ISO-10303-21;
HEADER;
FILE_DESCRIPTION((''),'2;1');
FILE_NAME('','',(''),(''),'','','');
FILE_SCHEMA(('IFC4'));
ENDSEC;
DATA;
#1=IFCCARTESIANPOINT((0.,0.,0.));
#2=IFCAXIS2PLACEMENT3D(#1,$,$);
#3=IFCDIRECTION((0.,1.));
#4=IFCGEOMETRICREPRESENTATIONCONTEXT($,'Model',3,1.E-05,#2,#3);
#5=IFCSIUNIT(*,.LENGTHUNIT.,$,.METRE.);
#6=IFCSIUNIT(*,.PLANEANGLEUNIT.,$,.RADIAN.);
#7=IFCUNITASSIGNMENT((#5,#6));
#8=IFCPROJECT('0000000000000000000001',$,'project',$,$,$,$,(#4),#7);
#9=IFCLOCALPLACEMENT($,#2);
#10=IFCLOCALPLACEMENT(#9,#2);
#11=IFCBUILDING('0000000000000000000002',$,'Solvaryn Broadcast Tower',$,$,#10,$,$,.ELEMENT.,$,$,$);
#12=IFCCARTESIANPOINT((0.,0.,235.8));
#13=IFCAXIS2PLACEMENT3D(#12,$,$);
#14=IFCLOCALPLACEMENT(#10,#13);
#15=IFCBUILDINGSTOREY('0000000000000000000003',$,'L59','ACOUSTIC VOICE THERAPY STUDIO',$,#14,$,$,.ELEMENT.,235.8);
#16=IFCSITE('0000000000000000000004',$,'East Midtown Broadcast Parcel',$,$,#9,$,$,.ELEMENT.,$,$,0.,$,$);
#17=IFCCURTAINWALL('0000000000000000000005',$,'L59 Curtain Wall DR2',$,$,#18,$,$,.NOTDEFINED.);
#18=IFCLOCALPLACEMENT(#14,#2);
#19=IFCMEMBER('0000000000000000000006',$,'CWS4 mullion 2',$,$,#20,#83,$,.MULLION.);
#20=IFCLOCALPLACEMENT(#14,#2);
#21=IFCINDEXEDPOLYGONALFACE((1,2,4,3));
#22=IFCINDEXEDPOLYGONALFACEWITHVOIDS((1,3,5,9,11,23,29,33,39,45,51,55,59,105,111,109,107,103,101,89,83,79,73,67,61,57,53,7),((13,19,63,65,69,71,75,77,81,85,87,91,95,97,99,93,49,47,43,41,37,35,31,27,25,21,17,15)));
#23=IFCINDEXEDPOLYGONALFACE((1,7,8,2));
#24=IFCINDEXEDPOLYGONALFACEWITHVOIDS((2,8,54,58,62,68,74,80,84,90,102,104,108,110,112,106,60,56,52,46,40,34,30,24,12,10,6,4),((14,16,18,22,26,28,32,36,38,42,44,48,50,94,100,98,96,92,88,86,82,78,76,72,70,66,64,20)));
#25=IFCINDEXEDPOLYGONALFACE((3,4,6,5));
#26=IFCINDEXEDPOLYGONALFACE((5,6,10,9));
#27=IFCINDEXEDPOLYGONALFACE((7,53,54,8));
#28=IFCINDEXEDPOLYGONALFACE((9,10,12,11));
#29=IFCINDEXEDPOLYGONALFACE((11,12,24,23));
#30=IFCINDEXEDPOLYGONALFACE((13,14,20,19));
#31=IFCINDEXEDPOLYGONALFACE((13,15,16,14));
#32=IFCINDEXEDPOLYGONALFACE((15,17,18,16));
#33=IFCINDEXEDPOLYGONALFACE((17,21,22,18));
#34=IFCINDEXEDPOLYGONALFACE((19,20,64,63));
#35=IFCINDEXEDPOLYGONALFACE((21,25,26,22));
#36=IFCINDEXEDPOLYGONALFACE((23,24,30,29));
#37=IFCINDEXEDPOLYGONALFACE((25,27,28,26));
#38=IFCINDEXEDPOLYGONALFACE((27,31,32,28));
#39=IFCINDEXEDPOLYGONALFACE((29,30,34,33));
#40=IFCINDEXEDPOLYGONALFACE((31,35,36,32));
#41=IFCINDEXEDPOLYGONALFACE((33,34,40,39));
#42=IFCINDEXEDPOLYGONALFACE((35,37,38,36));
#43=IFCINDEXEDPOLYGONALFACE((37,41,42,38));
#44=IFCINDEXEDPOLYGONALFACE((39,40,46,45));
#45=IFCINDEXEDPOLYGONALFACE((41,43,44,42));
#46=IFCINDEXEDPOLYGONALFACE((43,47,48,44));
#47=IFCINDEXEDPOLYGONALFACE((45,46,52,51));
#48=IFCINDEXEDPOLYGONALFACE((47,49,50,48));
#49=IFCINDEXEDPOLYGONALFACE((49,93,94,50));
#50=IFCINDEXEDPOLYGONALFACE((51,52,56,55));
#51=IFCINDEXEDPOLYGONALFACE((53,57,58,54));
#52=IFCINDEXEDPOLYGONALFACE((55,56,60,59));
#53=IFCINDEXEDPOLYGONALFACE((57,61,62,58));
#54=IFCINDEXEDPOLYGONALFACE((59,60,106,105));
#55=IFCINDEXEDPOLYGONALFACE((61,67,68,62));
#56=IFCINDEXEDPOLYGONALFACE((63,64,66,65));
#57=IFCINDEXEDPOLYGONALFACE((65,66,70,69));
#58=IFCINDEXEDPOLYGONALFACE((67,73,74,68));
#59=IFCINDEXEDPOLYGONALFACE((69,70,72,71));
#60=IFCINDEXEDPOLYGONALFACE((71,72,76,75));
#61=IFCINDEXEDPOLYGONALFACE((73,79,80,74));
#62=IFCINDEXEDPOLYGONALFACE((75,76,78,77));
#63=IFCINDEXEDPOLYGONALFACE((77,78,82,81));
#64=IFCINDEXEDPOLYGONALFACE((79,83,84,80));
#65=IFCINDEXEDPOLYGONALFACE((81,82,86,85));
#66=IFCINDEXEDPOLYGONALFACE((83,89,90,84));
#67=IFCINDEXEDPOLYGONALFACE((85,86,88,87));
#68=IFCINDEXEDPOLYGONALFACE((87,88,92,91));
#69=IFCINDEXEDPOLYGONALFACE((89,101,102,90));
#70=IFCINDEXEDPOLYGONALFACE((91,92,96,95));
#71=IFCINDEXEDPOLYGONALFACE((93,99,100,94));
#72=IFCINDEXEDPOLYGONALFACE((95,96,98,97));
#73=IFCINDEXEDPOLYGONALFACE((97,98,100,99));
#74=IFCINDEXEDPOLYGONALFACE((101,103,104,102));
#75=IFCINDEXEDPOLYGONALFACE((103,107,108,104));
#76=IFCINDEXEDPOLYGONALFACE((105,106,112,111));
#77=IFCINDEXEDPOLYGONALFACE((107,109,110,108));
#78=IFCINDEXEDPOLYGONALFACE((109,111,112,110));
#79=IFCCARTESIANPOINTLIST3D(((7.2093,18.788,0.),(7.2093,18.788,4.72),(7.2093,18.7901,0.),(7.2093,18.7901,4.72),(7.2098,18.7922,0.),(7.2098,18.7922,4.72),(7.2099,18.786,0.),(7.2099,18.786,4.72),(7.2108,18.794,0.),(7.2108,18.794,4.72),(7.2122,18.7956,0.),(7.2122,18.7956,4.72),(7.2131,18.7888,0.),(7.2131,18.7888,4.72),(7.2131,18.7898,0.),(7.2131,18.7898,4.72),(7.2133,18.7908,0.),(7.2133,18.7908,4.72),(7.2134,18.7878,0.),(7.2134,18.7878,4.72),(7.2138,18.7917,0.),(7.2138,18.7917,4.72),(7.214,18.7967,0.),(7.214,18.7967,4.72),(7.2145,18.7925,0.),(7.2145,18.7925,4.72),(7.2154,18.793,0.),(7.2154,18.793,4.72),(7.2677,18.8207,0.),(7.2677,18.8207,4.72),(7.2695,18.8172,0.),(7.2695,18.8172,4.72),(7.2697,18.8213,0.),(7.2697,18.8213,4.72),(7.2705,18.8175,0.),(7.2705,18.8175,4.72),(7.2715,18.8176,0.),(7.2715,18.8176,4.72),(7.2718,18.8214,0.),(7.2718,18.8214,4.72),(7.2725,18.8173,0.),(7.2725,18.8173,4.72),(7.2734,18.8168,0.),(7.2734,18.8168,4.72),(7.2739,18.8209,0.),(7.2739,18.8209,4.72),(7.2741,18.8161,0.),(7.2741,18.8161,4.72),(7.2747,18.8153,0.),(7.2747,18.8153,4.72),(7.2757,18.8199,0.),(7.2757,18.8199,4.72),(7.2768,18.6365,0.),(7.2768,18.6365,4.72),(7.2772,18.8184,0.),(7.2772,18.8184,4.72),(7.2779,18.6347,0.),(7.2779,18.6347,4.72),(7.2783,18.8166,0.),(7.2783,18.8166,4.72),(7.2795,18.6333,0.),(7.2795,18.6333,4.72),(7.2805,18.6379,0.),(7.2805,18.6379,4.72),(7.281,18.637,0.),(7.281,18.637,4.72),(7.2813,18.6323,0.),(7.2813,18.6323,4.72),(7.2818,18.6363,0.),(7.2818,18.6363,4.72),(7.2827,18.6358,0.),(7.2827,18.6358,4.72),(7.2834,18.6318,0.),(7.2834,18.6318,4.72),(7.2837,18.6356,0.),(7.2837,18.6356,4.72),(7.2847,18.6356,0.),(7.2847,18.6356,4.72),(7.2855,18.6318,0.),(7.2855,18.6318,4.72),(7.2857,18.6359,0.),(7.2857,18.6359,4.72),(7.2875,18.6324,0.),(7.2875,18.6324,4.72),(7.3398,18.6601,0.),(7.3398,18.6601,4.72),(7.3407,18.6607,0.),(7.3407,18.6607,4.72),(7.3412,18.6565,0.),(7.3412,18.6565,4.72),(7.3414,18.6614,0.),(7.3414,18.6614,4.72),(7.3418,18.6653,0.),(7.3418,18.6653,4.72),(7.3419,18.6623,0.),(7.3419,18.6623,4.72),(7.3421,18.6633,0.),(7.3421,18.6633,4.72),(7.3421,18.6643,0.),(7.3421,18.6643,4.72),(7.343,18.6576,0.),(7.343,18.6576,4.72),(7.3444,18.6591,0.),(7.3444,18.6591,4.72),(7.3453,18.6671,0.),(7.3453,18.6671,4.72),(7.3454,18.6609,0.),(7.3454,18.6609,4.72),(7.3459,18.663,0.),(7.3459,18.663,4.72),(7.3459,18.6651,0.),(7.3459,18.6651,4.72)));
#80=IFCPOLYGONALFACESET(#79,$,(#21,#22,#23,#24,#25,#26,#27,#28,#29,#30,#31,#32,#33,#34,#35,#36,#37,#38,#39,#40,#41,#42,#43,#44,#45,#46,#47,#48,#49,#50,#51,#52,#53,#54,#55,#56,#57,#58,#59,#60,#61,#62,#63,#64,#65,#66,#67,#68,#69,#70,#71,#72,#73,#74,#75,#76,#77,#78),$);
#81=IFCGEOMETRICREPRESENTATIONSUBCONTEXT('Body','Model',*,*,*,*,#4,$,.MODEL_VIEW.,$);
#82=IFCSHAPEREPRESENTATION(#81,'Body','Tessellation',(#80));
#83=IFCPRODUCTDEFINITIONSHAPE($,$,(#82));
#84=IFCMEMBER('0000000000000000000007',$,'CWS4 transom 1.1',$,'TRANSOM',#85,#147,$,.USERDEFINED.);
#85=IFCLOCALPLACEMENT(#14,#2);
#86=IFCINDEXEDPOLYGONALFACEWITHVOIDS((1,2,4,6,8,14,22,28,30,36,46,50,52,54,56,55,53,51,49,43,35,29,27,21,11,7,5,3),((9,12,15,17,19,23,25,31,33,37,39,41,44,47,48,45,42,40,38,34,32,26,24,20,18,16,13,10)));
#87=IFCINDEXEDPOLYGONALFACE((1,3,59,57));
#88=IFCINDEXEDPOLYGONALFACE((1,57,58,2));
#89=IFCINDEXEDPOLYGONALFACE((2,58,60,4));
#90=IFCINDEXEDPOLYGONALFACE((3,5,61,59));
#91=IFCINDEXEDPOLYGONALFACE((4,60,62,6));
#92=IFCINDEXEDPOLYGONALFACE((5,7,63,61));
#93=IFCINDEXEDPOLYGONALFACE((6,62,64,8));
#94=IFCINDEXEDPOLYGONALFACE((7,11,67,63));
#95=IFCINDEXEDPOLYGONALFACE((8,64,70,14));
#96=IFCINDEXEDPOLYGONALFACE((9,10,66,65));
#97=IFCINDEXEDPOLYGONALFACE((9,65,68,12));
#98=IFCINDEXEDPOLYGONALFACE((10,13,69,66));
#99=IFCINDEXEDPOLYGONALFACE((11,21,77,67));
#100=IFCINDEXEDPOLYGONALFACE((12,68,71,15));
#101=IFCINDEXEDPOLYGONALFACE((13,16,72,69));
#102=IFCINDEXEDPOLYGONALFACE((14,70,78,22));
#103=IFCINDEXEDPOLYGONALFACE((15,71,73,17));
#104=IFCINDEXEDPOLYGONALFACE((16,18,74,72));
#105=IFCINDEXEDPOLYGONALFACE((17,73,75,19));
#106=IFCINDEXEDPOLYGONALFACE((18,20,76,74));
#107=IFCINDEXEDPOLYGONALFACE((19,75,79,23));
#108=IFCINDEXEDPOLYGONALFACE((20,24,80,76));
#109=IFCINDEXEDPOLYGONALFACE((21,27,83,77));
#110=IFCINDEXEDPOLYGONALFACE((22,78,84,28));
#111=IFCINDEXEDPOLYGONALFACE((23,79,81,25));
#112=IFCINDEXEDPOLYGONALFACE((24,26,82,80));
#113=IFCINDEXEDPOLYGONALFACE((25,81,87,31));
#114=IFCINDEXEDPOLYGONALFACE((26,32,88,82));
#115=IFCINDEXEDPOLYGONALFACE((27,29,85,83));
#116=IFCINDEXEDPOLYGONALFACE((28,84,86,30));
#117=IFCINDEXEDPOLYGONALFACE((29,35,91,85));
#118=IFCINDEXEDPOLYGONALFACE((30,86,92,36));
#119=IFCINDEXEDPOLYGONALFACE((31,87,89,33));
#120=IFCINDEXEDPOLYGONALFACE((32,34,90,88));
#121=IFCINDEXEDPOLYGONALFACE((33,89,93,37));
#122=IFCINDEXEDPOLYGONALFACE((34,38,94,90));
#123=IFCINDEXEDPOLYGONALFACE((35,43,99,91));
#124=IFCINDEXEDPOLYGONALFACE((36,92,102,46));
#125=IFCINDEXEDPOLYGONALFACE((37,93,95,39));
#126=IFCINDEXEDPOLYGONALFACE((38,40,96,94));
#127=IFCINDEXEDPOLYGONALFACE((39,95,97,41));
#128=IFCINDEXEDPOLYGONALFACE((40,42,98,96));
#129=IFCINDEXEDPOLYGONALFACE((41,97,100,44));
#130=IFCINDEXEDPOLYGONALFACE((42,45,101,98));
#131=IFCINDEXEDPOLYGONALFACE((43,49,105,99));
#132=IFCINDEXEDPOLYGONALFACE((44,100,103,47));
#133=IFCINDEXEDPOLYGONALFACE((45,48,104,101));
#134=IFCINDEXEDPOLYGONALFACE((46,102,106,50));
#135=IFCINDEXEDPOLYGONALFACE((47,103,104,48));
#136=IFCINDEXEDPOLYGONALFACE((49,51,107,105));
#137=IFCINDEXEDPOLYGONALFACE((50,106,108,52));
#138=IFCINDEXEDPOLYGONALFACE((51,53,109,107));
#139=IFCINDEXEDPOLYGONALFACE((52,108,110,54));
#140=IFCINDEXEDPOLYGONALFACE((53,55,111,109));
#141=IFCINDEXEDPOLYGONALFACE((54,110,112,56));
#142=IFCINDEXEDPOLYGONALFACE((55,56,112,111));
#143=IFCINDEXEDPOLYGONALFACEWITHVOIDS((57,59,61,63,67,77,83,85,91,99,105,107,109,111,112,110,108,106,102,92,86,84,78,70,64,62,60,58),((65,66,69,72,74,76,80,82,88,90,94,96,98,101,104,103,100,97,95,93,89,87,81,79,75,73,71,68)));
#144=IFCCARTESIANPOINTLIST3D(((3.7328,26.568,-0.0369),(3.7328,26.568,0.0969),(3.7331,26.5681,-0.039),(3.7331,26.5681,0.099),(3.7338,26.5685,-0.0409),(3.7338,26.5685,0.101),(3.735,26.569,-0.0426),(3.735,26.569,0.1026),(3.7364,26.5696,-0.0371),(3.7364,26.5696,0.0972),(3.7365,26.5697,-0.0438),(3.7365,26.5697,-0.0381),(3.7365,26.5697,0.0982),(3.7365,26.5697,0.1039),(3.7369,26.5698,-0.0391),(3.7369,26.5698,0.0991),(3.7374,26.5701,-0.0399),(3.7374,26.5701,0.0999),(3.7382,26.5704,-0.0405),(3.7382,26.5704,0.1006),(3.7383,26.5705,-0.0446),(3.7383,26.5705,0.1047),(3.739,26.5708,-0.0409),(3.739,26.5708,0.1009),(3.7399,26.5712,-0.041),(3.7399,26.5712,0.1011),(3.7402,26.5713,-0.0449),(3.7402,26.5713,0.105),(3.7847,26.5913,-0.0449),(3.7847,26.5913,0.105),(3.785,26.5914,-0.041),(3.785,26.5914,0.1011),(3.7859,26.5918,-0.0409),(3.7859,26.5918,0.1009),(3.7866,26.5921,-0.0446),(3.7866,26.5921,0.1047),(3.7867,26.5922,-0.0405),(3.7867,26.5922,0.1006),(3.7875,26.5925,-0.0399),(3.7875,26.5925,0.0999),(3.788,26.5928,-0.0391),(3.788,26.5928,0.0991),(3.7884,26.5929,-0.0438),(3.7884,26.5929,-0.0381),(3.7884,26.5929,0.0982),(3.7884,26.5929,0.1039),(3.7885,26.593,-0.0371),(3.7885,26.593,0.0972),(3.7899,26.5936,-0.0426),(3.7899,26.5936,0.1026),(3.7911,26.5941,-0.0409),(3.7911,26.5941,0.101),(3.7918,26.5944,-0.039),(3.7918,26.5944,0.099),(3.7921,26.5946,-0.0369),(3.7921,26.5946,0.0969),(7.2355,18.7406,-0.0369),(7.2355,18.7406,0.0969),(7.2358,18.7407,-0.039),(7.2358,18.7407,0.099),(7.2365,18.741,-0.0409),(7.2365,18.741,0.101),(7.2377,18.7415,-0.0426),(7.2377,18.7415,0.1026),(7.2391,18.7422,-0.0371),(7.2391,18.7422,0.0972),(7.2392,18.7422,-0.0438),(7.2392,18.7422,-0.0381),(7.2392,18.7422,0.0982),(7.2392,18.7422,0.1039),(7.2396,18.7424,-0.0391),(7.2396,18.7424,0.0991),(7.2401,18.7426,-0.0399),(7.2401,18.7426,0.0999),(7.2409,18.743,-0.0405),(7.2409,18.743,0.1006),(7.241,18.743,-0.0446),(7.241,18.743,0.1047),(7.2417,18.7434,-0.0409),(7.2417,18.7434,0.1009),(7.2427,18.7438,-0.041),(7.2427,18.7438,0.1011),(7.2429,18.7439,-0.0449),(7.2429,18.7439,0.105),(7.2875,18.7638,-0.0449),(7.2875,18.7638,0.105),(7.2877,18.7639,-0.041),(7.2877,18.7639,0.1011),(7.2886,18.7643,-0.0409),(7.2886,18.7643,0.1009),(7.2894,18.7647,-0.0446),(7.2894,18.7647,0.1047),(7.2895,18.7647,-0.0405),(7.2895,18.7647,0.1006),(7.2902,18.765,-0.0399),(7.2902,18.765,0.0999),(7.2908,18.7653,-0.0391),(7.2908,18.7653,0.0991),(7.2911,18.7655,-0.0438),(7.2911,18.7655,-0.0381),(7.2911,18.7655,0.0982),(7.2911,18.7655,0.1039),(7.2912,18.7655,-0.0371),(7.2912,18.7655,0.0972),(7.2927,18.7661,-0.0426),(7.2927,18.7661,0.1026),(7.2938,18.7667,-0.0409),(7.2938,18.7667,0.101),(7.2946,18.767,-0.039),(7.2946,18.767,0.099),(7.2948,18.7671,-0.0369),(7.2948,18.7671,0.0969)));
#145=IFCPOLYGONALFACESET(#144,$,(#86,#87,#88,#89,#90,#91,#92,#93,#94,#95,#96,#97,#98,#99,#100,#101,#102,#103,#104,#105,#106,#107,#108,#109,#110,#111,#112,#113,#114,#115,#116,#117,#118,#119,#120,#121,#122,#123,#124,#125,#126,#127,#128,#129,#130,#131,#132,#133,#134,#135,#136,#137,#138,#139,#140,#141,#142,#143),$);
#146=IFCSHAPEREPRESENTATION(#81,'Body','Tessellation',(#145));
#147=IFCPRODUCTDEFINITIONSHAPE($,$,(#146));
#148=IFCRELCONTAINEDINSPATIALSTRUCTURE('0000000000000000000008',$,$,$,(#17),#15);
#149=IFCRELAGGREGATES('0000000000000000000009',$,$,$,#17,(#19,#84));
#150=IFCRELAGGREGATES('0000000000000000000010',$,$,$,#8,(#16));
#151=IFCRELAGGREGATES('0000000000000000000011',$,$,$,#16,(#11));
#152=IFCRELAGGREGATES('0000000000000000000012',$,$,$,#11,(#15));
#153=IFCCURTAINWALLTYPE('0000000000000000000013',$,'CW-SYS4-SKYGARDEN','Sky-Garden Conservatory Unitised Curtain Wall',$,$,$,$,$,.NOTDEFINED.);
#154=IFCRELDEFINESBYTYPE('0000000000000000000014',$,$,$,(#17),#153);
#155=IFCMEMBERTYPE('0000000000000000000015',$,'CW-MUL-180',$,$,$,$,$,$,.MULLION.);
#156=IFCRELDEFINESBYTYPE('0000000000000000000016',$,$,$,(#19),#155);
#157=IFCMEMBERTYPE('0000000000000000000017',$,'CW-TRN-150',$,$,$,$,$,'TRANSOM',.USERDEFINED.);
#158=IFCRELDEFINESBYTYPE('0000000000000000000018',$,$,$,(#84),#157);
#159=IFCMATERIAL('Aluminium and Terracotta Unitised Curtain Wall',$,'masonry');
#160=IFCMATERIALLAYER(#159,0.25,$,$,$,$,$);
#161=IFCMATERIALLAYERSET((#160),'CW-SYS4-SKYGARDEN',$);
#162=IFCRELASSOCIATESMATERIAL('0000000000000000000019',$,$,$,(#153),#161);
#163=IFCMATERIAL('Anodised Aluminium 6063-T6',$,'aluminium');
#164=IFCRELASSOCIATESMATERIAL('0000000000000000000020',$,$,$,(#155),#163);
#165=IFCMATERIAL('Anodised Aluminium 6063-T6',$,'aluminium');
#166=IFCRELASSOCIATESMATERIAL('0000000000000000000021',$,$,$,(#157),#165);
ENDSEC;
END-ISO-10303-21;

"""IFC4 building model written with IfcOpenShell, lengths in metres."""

from ifc_helpers import new_model, si_unit, direction, frame, origin, origin_2d, place, context, subcontext, project, spatial, hollow_rectangle, extrude, material, layer, layer_set, material_profile, profile_set, type_object, element, aggregate, save


model = new_model("IFC4")

# Units and contexts
model_context = context("Model", 3, precision=1e-05, world=origin(), true_north=direction((0.0, 1.0)))
body_context = subcontext(model_context, "Body", "Model", "MODEL_VIEW")
ifc_project = project(units=[si_unit("LENGTHUNIT", "METRE"), si_unit("PLANEANGLEUNIT", "RADIAN")], contexts=[model_context])

# Site, building, storey
site_placement = place(None, origin())
site = spatial("IfcSite", under=ifc_project, at=site_placement, Name="East Midtown Broadcast Parcel", CompositionType="ELEMENT", RefElevation=0.0)
building_placement = place(site_placement, origin())
building = spatial("IfcBuilding", under=site, at=building_placement, Name="Solvaryn Broadcast Tower", CompositionType="ELEMENT")
storey_placement = place(building_placement, frame((0.0, 0.0, 235.8)))
storey = spatial("IfcBuildingStorey", under=building, at=storey_placement, Name="L59", Description="ACOUSTIC VOICE THERAPY STUDIO", CompositionType="ELEMENT", Elevation=235.8)

# Shared definitions
ifc_material_1 = material(Name="Aluminium and Terracotta Unitised Curtain Wall", Category="masonry")
ifc_layer_1 = layer(ifc_material_1, 0.25)
ifc_layer_set_1 = layer_set([ifc_layer_1], Name="CW-SYS4-SKYGARDEN")
curtain_wall_type = type_object("IfcCurtainWallType", Name="CW-SYS4-SKYGARDEN", Description="Sky-Garden Conservatory Unitised Curtain Wall", PredefinedType="NOTDEFINED", material=ifc_layer_set_1)
ifc_material_2 = material(Name="Anodised Aluminium 6063-T6", Category="aluminium")
ifc_material_profile_1 = material_profile(ifc_material_2, hollow_rectangle(XDim=0.075, YDim=0.1799, WallThickness=0.0039, InnerFilletRadius=0.0039, OuterFilletRadius=0.0081, at=origin_2d()))
ifc_profile_set_1 = profile_set([ifc_material_profile_1], Name="Anodised Aluminium 6063-T6")
member_type_1 = type_object("IfcMemberType", Name="CW-MUL-180", PredefinedType="MULLION", material=ifc_profile_set_1)

# Curtain wall, members
curtain_wall_1_placement = place(storey_placement, origin())
curtain_wall_1 = element("IfcCurtainWall", 1, at=curtain_wall_1_placement, inside=storey, type_object=curtain_wall_type, Name="L59 Curtain Wall DR2", PredefinedType="NOTDEFINED")
member_1_placement = place(storey_placement, frame((7.2776, 18.7266, 0.0), z_axis=(0.0, 0.0, 1.0), x_axis=(0.912774, 0.408466, 0.0)))
member_1 = element("IfcMember", 2, at=member_1_placement, type_object=member_type_1, Name="CWS4 mullion 2", PredefinedType="MULLION", context=body_context, shape_type="SweptSolid", body=[
    extrude(hollow_rectangle(XDim=0.075, YDim=0.1799, WallThickness=0.0039, InnerFilletRadius=0.0039, OuterFilletRadius=0.0081, at=origin_2d()), origin(), (0.0, 0.0, 1.0), 4.72),
])
ifc_material_3 = material(Name="Anodised Aluminium 6063-T6", Category="aluminium")
ifc_material_profile_2 = material_profile(ifc_material_3, hollow_rectangle(XDim=0.0649, YDim=0.1499, WallThickness=0.0039, InnerFilletRadius=0.0039, OuterFilletRadius=0.0081, at=origin_2d()))
ifc_profile_set_2 = profile_set([ifc_material_profile_2], Name="Anodised Aluminium 6063-T6")
member_type_2 = type_object("IfcMemberType", Name="CW-TRN-150", ElementType="TRANSOM", PredefinedType="USERDEFINED", material=ifc_profile_set_2)
member_2_placement = place(storey_placement, frame((3.7625, 26.5813, 0.03), z_axis=(0.408459, -0.912777, 0.0), x_axis=(0.912777, 0.408459, 0.0)))
member_2 = element("IfcMember", 3, at=member_2_placement, type_object=member_type_2, Name="CWS4 transom 1.1", ObjectType="TRANSOM", PredefinedType="USERDEFINED", context=body_context, shape_type="SweptSolid", body=[
    extrude(hollow_rectangle(XDim=0.0649, YDim=0.1499, WallThickness=0.0039, InnerFilletRadius=0.0039, OuterFilletRadius=0.0081, at=origin_2d()), origin(), (0.0, 0.0, 1.0), 8.5754),
])
aggregate(curtain_wall_1, [member_1, member_2])

save(model, "model.ifc")
